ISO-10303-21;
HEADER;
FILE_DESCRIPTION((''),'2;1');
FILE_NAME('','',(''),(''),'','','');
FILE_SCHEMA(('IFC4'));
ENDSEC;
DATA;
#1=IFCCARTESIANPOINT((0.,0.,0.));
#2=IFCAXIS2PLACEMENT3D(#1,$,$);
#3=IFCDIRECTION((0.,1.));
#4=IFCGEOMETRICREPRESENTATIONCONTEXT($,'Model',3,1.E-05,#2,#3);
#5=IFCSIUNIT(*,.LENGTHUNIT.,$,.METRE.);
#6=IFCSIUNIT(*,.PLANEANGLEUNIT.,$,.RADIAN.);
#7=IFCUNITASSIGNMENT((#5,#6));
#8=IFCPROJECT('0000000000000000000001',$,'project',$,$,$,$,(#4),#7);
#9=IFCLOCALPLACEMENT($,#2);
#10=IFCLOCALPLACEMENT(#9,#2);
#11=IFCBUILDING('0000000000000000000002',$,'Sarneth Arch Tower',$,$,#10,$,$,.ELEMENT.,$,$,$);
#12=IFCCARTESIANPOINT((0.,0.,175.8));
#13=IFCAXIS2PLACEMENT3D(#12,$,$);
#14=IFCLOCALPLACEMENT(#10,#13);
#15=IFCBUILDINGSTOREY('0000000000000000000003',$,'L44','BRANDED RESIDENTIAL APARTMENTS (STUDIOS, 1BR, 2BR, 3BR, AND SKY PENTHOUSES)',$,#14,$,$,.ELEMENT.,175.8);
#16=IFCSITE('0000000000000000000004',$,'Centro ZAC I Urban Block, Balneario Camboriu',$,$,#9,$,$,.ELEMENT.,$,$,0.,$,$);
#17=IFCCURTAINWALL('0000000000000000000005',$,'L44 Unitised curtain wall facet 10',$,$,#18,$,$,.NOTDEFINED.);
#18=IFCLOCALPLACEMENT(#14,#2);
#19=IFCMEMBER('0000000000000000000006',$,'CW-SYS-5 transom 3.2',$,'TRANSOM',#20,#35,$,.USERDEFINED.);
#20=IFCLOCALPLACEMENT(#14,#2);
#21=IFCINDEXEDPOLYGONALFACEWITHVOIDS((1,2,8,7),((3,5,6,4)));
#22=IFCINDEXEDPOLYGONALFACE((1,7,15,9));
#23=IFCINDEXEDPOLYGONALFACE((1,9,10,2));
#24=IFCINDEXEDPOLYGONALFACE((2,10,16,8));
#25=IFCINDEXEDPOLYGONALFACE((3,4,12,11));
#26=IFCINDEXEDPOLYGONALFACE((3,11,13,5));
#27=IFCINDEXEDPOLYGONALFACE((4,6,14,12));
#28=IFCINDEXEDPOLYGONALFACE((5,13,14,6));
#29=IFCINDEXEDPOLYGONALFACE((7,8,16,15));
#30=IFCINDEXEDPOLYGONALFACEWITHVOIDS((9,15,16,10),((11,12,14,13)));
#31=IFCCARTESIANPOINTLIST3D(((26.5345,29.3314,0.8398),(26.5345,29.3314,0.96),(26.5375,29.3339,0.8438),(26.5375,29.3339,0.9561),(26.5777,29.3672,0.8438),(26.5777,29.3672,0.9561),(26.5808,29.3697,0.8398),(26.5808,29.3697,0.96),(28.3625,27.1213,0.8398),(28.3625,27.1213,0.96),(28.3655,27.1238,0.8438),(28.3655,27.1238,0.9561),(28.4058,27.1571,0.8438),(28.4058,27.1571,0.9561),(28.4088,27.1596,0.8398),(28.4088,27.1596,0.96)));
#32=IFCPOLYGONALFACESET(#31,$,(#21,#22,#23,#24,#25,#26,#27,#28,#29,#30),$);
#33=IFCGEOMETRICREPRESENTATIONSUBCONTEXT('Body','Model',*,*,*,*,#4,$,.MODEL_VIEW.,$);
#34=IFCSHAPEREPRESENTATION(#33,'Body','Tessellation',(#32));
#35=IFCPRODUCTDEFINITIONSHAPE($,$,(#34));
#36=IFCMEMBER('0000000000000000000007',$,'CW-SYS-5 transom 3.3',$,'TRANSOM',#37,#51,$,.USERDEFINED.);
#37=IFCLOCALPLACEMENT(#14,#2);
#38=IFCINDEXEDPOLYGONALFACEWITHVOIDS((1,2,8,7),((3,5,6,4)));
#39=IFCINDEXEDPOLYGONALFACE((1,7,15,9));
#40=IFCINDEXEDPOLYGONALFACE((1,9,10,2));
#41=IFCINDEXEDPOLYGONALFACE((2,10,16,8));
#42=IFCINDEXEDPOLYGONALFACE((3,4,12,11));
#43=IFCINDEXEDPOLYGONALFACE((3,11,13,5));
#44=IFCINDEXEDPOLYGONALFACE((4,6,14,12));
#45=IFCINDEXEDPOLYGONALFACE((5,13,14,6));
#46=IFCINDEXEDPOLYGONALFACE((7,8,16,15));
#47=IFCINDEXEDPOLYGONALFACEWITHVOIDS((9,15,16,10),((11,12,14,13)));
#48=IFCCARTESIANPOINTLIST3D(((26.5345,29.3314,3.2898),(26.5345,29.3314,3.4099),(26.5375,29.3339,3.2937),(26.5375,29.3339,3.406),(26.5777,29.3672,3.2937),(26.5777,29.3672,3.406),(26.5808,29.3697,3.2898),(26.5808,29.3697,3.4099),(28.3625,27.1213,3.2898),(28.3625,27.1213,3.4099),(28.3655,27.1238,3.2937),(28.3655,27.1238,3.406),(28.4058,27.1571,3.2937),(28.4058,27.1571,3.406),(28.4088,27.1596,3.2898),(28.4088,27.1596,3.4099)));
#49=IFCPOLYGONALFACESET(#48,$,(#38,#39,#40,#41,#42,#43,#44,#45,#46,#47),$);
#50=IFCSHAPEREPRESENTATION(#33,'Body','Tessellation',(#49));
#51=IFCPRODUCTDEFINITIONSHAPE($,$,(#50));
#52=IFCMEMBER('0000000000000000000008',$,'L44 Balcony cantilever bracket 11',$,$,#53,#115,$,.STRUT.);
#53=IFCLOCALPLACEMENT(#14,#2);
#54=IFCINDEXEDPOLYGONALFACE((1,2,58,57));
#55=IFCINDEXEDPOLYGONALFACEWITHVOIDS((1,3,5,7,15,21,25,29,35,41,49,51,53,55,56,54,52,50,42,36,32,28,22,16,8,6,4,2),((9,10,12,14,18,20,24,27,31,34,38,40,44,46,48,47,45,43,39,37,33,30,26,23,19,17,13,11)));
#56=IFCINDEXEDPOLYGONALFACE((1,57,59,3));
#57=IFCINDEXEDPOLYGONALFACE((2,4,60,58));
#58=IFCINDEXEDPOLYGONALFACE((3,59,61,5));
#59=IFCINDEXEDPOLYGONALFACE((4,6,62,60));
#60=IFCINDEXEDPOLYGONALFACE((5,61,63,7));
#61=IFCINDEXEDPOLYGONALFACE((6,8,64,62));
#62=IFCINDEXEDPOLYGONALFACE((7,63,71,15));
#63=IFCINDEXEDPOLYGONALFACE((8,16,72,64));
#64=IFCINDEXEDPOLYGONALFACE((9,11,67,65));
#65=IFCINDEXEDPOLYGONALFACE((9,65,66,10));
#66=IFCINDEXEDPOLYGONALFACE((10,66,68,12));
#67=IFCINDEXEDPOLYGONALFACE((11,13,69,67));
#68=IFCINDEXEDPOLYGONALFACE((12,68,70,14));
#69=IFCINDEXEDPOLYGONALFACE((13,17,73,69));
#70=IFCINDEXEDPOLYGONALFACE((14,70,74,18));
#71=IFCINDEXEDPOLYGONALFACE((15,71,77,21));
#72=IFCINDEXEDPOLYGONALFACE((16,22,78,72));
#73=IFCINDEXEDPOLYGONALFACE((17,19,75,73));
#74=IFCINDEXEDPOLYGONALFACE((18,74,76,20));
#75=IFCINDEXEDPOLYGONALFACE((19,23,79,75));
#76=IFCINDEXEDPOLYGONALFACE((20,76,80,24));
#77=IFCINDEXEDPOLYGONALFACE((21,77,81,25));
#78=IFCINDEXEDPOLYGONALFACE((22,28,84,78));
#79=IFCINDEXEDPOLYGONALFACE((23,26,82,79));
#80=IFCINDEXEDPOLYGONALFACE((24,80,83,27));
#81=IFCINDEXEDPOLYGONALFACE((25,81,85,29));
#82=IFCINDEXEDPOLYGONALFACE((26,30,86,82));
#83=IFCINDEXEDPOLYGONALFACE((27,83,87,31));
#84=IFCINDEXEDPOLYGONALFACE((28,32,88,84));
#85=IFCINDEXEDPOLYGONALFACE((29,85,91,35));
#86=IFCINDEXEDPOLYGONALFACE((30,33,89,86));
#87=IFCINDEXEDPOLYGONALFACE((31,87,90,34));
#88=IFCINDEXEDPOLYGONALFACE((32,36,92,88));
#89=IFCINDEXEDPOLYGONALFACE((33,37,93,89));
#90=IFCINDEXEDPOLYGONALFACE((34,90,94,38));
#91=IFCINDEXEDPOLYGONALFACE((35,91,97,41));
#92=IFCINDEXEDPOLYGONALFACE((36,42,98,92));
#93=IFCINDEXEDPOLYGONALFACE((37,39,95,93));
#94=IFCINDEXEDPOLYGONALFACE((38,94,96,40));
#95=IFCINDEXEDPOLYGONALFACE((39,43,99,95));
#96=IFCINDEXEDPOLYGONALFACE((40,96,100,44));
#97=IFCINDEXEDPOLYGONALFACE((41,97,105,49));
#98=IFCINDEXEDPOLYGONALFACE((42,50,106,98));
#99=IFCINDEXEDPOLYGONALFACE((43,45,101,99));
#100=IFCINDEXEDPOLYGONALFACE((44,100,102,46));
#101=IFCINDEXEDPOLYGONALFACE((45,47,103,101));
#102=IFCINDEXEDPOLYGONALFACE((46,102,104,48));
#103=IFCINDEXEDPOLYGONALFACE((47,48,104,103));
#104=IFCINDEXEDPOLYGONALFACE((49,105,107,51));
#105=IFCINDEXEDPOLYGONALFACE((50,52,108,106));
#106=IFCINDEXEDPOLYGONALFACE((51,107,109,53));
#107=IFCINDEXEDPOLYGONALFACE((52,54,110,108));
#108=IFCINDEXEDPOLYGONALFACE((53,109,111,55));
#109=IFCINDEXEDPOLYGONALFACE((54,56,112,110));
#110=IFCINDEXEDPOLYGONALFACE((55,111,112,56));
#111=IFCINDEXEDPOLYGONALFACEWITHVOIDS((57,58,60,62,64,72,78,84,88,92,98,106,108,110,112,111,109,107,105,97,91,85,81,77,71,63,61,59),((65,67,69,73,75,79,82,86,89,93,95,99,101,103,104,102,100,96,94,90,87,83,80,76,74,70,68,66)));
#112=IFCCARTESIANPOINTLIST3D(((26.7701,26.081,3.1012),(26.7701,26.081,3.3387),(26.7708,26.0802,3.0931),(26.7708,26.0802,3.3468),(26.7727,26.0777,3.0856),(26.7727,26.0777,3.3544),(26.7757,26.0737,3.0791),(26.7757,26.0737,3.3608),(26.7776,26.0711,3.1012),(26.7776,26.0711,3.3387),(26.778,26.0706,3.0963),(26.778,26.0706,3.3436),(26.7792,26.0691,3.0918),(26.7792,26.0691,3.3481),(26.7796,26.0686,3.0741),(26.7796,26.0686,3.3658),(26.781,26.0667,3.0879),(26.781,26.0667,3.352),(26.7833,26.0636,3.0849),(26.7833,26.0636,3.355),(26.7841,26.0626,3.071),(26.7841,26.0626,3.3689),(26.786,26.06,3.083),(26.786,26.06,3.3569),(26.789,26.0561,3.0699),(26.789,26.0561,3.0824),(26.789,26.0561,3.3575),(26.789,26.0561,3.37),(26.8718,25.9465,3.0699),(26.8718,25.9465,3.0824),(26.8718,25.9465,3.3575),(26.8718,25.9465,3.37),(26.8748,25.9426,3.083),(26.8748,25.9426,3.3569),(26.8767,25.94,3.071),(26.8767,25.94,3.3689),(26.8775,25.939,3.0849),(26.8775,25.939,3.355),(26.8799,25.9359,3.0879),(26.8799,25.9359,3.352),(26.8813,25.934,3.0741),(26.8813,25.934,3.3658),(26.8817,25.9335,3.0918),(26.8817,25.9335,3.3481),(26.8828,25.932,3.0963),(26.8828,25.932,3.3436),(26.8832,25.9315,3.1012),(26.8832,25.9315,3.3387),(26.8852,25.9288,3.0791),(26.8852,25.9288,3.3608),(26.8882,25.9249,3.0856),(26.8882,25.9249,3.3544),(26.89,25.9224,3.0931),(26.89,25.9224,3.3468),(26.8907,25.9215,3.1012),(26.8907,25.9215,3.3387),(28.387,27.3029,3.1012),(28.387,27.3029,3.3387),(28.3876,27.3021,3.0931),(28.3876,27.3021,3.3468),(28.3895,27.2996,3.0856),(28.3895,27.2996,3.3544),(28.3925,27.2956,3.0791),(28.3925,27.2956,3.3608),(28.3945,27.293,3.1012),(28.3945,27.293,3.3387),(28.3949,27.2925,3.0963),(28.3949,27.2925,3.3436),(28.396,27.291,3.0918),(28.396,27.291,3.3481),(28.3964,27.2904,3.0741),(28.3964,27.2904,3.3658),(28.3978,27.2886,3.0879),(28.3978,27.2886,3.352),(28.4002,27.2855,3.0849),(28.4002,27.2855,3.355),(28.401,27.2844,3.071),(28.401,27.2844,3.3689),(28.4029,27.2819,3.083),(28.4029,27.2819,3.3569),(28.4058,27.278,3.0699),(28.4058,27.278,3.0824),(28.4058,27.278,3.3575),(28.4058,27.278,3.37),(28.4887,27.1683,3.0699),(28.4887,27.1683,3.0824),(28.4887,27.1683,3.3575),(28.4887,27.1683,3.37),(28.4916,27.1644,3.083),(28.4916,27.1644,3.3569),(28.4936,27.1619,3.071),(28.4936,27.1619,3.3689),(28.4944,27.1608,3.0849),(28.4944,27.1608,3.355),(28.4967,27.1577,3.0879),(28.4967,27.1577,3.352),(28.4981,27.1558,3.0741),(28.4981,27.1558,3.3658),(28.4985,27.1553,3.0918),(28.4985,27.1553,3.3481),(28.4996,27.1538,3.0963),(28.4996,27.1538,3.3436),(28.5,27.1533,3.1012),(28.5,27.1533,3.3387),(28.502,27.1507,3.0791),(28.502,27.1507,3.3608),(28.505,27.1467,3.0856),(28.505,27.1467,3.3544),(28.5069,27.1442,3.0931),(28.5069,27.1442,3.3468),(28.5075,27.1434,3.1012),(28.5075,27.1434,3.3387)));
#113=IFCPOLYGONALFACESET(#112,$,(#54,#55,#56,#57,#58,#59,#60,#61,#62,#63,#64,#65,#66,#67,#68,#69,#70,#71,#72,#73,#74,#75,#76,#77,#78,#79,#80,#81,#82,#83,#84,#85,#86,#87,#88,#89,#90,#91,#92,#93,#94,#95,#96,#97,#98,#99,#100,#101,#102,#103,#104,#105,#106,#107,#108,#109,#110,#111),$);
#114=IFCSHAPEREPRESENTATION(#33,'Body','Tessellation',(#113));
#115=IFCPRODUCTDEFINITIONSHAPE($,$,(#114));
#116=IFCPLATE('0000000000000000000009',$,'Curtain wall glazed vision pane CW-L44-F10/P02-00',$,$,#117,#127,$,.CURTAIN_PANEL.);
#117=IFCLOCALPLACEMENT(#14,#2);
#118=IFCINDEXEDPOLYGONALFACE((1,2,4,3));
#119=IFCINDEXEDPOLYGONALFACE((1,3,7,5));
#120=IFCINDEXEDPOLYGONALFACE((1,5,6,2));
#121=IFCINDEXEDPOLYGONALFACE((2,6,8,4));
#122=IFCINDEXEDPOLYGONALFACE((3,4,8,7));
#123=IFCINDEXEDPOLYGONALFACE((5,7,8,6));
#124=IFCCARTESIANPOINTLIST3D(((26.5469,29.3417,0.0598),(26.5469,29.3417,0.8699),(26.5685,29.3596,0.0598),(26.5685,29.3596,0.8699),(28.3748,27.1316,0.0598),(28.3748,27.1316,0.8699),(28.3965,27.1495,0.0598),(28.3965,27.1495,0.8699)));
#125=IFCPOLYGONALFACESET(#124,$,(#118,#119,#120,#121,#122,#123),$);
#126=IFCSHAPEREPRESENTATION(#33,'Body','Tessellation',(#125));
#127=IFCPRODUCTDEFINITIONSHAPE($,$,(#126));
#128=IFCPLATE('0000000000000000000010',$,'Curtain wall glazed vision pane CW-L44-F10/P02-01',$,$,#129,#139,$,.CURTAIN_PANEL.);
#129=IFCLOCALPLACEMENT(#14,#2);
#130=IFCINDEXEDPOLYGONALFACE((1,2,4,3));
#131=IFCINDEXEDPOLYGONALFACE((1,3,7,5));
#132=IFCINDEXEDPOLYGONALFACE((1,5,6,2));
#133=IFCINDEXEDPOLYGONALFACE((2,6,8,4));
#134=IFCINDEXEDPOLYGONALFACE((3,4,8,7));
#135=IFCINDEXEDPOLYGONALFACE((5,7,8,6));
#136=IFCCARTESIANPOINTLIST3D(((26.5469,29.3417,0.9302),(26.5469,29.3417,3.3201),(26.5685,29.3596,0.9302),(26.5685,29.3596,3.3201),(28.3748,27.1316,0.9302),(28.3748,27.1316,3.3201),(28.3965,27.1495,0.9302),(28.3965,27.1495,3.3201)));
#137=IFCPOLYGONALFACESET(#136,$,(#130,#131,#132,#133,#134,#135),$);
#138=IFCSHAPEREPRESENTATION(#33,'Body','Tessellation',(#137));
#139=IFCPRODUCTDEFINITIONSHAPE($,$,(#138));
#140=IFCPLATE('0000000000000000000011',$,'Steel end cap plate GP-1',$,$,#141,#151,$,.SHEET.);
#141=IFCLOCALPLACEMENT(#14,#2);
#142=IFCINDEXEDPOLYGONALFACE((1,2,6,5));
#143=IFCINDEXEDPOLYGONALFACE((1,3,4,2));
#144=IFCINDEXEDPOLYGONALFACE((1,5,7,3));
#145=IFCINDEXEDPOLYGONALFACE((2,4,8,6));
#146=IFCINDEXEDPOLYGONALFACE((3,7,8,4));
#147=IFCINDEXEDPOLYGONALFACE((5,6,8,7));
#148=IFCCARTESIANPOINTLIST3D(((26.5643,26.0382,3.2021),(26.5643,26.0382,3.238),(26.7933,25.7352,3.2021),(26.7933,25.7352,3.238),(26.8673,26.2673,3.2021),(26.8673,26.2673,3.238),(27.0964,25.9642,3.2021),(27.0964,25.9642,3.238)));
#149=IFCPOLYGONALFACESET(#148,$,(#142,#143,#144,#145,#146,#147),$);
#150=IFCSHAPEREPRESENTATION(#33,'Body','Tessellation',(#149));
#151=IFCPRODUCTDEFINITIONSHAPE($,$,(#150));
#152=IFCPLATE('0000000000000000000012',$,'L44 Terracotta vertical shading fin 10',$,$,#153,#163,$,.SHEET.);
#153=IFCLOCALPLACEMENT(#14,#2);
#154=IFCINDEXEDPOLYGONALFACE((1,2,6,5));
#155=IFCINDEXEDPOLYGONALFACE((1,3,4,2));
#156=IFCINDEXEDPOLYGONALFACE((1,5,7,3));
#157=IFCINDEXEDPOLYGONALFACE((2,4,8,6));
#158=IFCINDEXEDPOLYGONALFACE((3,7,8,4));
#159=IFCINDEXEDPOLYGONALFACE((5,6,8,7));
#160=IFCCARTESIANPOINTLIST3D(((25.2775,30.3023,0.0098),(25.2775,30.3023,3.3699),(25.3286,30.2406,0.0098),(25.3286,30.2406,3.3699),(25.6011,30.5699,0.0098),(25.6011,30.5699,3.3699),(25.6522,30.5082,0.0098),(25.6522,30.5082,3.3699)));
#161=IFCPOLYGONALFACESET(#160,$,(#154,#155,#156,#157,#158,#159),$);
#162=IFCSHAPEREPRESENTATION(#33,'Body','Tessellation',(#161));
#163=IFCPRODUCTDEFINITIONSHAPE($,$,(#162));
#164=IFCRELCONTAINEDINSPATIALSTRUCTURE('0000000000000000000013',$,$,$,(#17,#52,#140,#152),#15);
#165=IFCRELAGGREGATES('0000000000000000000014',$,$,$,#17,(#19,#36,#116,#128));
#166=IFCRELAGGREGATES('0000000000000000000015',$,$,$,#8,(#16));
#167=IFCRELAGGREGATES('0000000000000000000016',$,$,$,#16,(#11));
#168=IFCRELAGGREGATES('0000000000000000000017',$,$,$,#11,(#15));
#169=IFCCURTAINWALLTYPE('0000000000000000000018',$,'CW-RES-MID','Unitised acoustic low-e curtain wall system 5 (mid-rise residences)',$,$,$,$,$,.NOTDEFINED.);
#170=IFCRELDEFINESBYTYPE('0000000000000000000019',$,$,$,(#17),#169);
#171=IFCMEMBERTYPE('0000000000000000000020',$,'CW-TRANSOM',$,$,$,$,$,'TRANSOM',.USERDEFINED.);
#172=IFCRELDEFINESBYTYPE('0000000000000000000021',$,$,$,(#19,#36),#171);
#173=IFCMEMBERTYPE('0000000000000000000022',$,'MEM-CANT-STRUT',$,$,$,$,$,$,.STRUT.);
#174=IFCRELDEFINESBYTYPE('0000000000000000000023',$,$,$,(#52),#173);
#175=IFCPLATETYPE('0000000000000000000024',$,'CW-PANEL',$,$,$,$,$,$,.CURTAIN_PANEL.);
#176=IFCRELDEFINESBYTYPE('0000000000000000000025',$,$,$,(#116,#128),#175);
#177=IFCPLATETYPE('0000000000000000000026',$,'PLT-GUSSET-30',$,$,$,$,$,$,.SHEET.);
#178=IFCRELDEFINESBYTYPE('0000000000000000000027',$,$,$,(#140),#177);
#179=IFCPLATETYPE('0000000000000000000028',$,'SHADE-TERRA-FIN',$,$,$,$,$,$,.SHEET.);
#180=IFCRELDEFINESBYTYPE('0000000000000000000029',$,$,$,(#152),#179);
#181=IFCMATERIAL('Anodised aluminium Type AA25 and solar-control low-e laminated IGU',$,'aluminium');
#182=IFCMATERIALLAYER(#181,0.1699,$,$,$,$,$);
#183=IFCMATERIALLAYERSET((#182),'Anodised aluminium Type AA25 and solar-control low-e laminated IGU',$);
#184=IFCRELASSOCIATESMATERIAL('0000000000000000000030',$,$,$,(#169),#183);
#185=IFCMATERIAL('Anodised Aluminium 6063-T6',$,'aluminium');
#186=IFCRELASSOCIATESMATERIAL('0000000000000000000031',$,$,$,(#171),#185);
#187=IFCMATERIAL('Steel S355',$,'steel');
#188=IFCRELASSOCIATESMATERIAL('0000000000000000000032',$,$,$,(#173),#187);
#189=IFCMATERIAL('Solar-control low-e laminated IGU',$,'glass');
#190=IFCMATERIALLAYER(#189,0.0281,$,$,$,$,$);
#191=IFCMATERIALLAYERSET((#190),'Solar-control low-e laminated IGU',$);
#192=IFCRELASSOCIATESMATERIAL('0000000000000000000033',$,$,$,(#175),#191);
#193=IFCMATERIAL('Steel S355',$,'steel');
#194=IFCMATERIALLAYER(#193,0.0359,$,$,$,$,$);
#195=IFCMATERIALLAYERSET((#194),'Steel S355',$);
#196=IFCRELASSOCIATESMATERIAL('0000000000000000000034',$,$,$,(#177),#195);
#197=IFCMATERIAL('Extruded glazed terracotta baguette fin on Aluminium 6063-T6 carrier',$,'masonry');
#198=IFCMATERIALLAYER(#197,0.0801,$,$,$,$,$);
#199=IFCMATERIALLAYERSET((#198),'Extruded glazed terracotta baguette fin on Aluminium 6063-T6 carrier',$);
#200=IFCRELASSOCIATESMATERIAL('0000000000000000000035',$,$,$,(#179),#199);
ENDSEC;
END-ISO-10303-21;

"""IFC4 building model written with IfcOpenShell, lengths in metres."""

from ifc_helpers import new_model, si_unit, direction, frame, origin, origin_2d, place, context, subcontext, project, spatial, rectangle, hollow_rectangle, extrude, material, layer, layer_set, material_profile, profile_set, type_object, element, aggregate, save


model = new_model("IFC4")

# Units and contexts
model_context = context("Model", 3, precision=1e-05, world=origin(), true_north=direction((0.0, 1.0)))
body_context = subcontext(model_context, "Body", "Model", "MODEL_VIEW")
ifc_project = project(units=[si_unit("LENGTHUNIT", "METRE"), si_unit("PLANEANGLEUNIT", "RADIAN")], contexts=[model_context])

# Site, building, storey
site_placement = place(None, origin())
site = spatial("IfcSite", under=ifc_project, at=site_placement, Name="Centro ZAC I Urban Block, Balneario Camboriu", CompositionType="ELEMENT", RefElevation=0.0)
building_placement = place(site_placement, origin())
building = spatial("IfcBuilding", under=site, at=building_placement, Name="Sarneth Arch Tower", CompositionType="ELEMENT")
storey_placement = place(building_placement, frame((0.0, 0.0, 175.8)))
storey = spatial("IfcBuildingStorey", under=building, at=storey_placement, Name="L44", Description="BRANDED RESIDENTIAL APARTMENTS (STUDIOS, 1BR, 2BR, 3BR, AND SKY PENTHOUSES)", CompositionType="ELEMENT", Elevation=175.8)

# Curtain wall, members
ifc_material_1 = material(Name="Anodised aluminium Type AA25 and solar-control low-e laminated IGU", Category="aluminium")
ifc_layer_1 = layer(ifc_material_1, 0.1699)
ifc_layer_set_1 = layer_set([ifc_layer_1], Name="Anodised aluminium Type AA25 and solar-control low-e laminated IGU")
curtain_wall_type = type_object("IfcCurtainWallType", Name="CW-RES-MID", Description="Unitised acoustic low-e curtain wall system 5 (mid-rise residences)", PredefinedType="NOTDEFINED", material=ifc_layer_set_1)
curtain_wall_placement = place(storey_placement, origin())
curtain_wall = element("IfcCurtainWall", 1, at=curtain_wall_placement, inside=storey, type_object=curtain_wall_type, Name="L44 Unitised curtain wall facet 10", PredefinedType="NOTDEFINED")
ifc_material_2 = material(Name="Anodised Aluminium 6063-T6", Category="aluminium")
ifc_material_profile_1 = material_profile(ifc_material_2, hollow_rectangle(XDim=0.0601, YDim=0.1201, WallThickness=0.0039, at=origin_2d()), Name="AL-TRAN-120x60x4")
ifc_profile_set_1 = profile_set([ifc_material_profile_1], Name="Anodised Aluminium 6063-T6")
member_type_1 = type_object("IfcMemberType", Name="CW-TRANSOM", ElementType="TRANSOM", PredefinedType="USERDEFINED", material=ifc_profile_set_1)
member_1_placement = place(storey_placement, frame((26.5576, 29.3506, 0.8999), z_axis=(0.637359, -0.770567, 0.0), x_axis=(0.770567, 0.637359, 0.0)))
member_1 = element("IfcMember", 2, at=member_1_placement, type_object=member_type_1, Name="CW-SYS-5 transom 3.2", ObjectType="TRANSOM", PredefinedType="USERDEFINED", context=body_context, shape_type="SweptSolid", body=[
    extrude(hollow_rectangle(XDim=0.0601, YDim=0.1201, WallThickness=0.0039, at=origin_2d()), origin(), (0.0, 0.0, 1.0), 2.8682),
])
member_2_placement = place(storey_placement, frame((26.5576, 29.3506, 3.3499), z_axis=(0.637359, -0.770567, 0.0), x_axis=(0.770567, 0.637359, 0.0)))
member_2 = element("IfcMember", 3, at=member_2_placement, type_object=member_type_1, Name="CW-SYS-5 transom 3.3", ObjectType="TRANSOM", PredefinedType="USERDEFINED", context=body_context, shape_type="SweptSolid", body=[
    extrude(hollow_rectangle(XDim=0.0601, YDim=0.1201, WallThickness=0.0039, at=origin_2d()), origin(), (0.0, 0.0, 1.0), 2.8682),
])

# Member
ifc_material_3 = material(Name="Steel S355", Category="steel")
ifc_material_profile_2 = material_profile(ifc_material_3, hollow_rectangle(XDim=0.2, YDim=0.3, WallThickness=0.0125, InnerFilletRadius=0.0188, OuterFilletRadius=0.0312, at=origin_2d()), Name="RHS300x200x12.5")
ifc_profile_set_2 = profile_set([ifc_material_profile_2], Name="Steel S355")
member_type_2 = type_object("IfcMemberType", Name="MEM-CANT-STRUT", PredefinedType="STRUT", material=ifc_profile_set_2)
member_3_placement = place(storey_placement, frame((28.4473, 27.2231, 3.22), z_axis=(-0.797812, -0.602906, 0.0), x_axis=(0.602906, -0.797812, 0.0)))
element("IfcMember", 4, at=member_3_placement, inside=storey, type_object=member_type_2, Name="L44 Balcony cantilever bracket 11", PredefinedType="STRUT", context=body_context, shape_type="SweptSolid", body=[
    extrude(hollow_rectangle(XDim=0.2, YDim=0.3, WallThickness=0.0125, InnerFilletRadius=0.0188, OuterFilletRadius=0.0312, at=origin_2d()), origin(), (0.0, 0.0, 1.0), 2.0266),
])

# Plates
ifc_material_4 = material(Name="Solar-control low-e laminated IGU", Category="glass")
ifc_layer_2 = layer(ifc_material_4, 0.0281)
ifc_layer_set_2 = layer_set([ifc_layer_2], Name="Solar-control low-e laminated IGU")
plate_type_1 = type_object("IfcPlateType", Name="CW-PANEL", PredefinedType="CURTAIN_PANEL", material=ifc_layer_set_2)
plate_1_placement = place(storey_placement, frame((27.4717, 28.2456, 0.0598), z_axis=(0.0, 0.0, 1.0), x_axis=(0.63733, -0.770591, 0.0)))
plate_1 = element("IfcPlate", 5, at=plate_1_placement, type_object=plate_type_1, Name="Curtain wall glazed vision pane CW-L44-F10/P02-00", PredefinedType="CURTAIN_PANEL", context=body_context, shape_type="SweptSolid", body=[
    extrude(rectangle(XDim=2.8682, YDim=0.0281, at=origin_2d()), origin(), (0.0, 0.0, 1.0), 0.8101),
])
plate_2_placement = place(storey_placement, frame((27.4717, 28.2456, 0.9302), z_axis=(0.0, 0.0, 1.0), x_axis=(0.63733, -0.770591, 0.0)))
plate_2 = element("IfcPlate", 6, at=plate_2_placement, type_object=plate_type_1, Name="Curtain wall glazed vision pane CW-L44-F10/P02-01", PredefinedType="CURTAIN_PANEL", context=body_context, shape_type="SweptSolid", body=[
    extrude(rectangle(XDim=2.8682, YDim=0.0281, at=origin_2d()), origin(), (0.0, 0.0, 1.0), 2.3899),
])
aggregate(curtain_wall, [member_1, member_2, plate_1, plate_2])

# Plates
ifc_material_5 = material(Name="Steel S355", Category="steel")
ifc_layer_3 = layer(ifc_material_5, 0.0359)
ifc_layer_set_3 = layer_set([ifc_layer_3], Name="Steel S355")
plate_type_2 = type_object("IfcPlateType", Name="PLT-GUSSET-30", PredefinedType="SHEET", material=ifc_layer_set_3)
plate_3_placement = place(storey_placement, frame((26.8303, 26.0012, 3.2021), z_axis=(0.0, 0.0, 1.0), x_axis=(-0.797794, -0.60293, 0.0)))
element("IfcPlate", 7, at=plate_3_placement, inside=storey, type_object=plate_type_2, Name="Steel end cap plate GP-1", PredefinedType="SHEET", context=body_context, shape_type="SweptSolid", body=[
    extrude(rectangle(XDim=0.3799, YDim=0.3799, at=origin_2d()), origin(), (0.0, 0.0, 1.0), 0.0359),
])
ifc_material_6 = material(Name="Extruded glazed terracotta baguette fin on Aluminium 6063-T6 carrier", Category="masonry")
ifc_layer_4 = layer(ifc_material_6, 0.0801)
ifc_layer_set_4 = layer_set([ifc_layer_4], Name="Extruded glazed terracotta baguette fin on Aluminium 6063-T6 carrier")
plate_type_3 = type_object("IfcPlateType", Name="SHADE-TERRA-FIN", PredefinedType="SHEET", material=ifc_layer_set_4)
plate_4_placement = place(storey_placement, frame((25.4648, 30.4053, 0.0098), z_axis=(0.0, 0.0, 1.0), x_axis=(-0.770624, -0.63729, 0.0)))
element("IfcPlate", 8, at=plate_4_placement, inside=storey, type_object=plate_type_3, Name="L44 Terracotta vertical shading fin 10", PredefinedType="SHEET", context=body_context, shape_type="SweptSolid", body=[
    extrude(rectangle(XDim=0.4199, YDim=0.0801, at=origin_2d()), origin(), (0.0, 0.0, 1.0), 3.3601),
])

save(model, "model.ifc")
